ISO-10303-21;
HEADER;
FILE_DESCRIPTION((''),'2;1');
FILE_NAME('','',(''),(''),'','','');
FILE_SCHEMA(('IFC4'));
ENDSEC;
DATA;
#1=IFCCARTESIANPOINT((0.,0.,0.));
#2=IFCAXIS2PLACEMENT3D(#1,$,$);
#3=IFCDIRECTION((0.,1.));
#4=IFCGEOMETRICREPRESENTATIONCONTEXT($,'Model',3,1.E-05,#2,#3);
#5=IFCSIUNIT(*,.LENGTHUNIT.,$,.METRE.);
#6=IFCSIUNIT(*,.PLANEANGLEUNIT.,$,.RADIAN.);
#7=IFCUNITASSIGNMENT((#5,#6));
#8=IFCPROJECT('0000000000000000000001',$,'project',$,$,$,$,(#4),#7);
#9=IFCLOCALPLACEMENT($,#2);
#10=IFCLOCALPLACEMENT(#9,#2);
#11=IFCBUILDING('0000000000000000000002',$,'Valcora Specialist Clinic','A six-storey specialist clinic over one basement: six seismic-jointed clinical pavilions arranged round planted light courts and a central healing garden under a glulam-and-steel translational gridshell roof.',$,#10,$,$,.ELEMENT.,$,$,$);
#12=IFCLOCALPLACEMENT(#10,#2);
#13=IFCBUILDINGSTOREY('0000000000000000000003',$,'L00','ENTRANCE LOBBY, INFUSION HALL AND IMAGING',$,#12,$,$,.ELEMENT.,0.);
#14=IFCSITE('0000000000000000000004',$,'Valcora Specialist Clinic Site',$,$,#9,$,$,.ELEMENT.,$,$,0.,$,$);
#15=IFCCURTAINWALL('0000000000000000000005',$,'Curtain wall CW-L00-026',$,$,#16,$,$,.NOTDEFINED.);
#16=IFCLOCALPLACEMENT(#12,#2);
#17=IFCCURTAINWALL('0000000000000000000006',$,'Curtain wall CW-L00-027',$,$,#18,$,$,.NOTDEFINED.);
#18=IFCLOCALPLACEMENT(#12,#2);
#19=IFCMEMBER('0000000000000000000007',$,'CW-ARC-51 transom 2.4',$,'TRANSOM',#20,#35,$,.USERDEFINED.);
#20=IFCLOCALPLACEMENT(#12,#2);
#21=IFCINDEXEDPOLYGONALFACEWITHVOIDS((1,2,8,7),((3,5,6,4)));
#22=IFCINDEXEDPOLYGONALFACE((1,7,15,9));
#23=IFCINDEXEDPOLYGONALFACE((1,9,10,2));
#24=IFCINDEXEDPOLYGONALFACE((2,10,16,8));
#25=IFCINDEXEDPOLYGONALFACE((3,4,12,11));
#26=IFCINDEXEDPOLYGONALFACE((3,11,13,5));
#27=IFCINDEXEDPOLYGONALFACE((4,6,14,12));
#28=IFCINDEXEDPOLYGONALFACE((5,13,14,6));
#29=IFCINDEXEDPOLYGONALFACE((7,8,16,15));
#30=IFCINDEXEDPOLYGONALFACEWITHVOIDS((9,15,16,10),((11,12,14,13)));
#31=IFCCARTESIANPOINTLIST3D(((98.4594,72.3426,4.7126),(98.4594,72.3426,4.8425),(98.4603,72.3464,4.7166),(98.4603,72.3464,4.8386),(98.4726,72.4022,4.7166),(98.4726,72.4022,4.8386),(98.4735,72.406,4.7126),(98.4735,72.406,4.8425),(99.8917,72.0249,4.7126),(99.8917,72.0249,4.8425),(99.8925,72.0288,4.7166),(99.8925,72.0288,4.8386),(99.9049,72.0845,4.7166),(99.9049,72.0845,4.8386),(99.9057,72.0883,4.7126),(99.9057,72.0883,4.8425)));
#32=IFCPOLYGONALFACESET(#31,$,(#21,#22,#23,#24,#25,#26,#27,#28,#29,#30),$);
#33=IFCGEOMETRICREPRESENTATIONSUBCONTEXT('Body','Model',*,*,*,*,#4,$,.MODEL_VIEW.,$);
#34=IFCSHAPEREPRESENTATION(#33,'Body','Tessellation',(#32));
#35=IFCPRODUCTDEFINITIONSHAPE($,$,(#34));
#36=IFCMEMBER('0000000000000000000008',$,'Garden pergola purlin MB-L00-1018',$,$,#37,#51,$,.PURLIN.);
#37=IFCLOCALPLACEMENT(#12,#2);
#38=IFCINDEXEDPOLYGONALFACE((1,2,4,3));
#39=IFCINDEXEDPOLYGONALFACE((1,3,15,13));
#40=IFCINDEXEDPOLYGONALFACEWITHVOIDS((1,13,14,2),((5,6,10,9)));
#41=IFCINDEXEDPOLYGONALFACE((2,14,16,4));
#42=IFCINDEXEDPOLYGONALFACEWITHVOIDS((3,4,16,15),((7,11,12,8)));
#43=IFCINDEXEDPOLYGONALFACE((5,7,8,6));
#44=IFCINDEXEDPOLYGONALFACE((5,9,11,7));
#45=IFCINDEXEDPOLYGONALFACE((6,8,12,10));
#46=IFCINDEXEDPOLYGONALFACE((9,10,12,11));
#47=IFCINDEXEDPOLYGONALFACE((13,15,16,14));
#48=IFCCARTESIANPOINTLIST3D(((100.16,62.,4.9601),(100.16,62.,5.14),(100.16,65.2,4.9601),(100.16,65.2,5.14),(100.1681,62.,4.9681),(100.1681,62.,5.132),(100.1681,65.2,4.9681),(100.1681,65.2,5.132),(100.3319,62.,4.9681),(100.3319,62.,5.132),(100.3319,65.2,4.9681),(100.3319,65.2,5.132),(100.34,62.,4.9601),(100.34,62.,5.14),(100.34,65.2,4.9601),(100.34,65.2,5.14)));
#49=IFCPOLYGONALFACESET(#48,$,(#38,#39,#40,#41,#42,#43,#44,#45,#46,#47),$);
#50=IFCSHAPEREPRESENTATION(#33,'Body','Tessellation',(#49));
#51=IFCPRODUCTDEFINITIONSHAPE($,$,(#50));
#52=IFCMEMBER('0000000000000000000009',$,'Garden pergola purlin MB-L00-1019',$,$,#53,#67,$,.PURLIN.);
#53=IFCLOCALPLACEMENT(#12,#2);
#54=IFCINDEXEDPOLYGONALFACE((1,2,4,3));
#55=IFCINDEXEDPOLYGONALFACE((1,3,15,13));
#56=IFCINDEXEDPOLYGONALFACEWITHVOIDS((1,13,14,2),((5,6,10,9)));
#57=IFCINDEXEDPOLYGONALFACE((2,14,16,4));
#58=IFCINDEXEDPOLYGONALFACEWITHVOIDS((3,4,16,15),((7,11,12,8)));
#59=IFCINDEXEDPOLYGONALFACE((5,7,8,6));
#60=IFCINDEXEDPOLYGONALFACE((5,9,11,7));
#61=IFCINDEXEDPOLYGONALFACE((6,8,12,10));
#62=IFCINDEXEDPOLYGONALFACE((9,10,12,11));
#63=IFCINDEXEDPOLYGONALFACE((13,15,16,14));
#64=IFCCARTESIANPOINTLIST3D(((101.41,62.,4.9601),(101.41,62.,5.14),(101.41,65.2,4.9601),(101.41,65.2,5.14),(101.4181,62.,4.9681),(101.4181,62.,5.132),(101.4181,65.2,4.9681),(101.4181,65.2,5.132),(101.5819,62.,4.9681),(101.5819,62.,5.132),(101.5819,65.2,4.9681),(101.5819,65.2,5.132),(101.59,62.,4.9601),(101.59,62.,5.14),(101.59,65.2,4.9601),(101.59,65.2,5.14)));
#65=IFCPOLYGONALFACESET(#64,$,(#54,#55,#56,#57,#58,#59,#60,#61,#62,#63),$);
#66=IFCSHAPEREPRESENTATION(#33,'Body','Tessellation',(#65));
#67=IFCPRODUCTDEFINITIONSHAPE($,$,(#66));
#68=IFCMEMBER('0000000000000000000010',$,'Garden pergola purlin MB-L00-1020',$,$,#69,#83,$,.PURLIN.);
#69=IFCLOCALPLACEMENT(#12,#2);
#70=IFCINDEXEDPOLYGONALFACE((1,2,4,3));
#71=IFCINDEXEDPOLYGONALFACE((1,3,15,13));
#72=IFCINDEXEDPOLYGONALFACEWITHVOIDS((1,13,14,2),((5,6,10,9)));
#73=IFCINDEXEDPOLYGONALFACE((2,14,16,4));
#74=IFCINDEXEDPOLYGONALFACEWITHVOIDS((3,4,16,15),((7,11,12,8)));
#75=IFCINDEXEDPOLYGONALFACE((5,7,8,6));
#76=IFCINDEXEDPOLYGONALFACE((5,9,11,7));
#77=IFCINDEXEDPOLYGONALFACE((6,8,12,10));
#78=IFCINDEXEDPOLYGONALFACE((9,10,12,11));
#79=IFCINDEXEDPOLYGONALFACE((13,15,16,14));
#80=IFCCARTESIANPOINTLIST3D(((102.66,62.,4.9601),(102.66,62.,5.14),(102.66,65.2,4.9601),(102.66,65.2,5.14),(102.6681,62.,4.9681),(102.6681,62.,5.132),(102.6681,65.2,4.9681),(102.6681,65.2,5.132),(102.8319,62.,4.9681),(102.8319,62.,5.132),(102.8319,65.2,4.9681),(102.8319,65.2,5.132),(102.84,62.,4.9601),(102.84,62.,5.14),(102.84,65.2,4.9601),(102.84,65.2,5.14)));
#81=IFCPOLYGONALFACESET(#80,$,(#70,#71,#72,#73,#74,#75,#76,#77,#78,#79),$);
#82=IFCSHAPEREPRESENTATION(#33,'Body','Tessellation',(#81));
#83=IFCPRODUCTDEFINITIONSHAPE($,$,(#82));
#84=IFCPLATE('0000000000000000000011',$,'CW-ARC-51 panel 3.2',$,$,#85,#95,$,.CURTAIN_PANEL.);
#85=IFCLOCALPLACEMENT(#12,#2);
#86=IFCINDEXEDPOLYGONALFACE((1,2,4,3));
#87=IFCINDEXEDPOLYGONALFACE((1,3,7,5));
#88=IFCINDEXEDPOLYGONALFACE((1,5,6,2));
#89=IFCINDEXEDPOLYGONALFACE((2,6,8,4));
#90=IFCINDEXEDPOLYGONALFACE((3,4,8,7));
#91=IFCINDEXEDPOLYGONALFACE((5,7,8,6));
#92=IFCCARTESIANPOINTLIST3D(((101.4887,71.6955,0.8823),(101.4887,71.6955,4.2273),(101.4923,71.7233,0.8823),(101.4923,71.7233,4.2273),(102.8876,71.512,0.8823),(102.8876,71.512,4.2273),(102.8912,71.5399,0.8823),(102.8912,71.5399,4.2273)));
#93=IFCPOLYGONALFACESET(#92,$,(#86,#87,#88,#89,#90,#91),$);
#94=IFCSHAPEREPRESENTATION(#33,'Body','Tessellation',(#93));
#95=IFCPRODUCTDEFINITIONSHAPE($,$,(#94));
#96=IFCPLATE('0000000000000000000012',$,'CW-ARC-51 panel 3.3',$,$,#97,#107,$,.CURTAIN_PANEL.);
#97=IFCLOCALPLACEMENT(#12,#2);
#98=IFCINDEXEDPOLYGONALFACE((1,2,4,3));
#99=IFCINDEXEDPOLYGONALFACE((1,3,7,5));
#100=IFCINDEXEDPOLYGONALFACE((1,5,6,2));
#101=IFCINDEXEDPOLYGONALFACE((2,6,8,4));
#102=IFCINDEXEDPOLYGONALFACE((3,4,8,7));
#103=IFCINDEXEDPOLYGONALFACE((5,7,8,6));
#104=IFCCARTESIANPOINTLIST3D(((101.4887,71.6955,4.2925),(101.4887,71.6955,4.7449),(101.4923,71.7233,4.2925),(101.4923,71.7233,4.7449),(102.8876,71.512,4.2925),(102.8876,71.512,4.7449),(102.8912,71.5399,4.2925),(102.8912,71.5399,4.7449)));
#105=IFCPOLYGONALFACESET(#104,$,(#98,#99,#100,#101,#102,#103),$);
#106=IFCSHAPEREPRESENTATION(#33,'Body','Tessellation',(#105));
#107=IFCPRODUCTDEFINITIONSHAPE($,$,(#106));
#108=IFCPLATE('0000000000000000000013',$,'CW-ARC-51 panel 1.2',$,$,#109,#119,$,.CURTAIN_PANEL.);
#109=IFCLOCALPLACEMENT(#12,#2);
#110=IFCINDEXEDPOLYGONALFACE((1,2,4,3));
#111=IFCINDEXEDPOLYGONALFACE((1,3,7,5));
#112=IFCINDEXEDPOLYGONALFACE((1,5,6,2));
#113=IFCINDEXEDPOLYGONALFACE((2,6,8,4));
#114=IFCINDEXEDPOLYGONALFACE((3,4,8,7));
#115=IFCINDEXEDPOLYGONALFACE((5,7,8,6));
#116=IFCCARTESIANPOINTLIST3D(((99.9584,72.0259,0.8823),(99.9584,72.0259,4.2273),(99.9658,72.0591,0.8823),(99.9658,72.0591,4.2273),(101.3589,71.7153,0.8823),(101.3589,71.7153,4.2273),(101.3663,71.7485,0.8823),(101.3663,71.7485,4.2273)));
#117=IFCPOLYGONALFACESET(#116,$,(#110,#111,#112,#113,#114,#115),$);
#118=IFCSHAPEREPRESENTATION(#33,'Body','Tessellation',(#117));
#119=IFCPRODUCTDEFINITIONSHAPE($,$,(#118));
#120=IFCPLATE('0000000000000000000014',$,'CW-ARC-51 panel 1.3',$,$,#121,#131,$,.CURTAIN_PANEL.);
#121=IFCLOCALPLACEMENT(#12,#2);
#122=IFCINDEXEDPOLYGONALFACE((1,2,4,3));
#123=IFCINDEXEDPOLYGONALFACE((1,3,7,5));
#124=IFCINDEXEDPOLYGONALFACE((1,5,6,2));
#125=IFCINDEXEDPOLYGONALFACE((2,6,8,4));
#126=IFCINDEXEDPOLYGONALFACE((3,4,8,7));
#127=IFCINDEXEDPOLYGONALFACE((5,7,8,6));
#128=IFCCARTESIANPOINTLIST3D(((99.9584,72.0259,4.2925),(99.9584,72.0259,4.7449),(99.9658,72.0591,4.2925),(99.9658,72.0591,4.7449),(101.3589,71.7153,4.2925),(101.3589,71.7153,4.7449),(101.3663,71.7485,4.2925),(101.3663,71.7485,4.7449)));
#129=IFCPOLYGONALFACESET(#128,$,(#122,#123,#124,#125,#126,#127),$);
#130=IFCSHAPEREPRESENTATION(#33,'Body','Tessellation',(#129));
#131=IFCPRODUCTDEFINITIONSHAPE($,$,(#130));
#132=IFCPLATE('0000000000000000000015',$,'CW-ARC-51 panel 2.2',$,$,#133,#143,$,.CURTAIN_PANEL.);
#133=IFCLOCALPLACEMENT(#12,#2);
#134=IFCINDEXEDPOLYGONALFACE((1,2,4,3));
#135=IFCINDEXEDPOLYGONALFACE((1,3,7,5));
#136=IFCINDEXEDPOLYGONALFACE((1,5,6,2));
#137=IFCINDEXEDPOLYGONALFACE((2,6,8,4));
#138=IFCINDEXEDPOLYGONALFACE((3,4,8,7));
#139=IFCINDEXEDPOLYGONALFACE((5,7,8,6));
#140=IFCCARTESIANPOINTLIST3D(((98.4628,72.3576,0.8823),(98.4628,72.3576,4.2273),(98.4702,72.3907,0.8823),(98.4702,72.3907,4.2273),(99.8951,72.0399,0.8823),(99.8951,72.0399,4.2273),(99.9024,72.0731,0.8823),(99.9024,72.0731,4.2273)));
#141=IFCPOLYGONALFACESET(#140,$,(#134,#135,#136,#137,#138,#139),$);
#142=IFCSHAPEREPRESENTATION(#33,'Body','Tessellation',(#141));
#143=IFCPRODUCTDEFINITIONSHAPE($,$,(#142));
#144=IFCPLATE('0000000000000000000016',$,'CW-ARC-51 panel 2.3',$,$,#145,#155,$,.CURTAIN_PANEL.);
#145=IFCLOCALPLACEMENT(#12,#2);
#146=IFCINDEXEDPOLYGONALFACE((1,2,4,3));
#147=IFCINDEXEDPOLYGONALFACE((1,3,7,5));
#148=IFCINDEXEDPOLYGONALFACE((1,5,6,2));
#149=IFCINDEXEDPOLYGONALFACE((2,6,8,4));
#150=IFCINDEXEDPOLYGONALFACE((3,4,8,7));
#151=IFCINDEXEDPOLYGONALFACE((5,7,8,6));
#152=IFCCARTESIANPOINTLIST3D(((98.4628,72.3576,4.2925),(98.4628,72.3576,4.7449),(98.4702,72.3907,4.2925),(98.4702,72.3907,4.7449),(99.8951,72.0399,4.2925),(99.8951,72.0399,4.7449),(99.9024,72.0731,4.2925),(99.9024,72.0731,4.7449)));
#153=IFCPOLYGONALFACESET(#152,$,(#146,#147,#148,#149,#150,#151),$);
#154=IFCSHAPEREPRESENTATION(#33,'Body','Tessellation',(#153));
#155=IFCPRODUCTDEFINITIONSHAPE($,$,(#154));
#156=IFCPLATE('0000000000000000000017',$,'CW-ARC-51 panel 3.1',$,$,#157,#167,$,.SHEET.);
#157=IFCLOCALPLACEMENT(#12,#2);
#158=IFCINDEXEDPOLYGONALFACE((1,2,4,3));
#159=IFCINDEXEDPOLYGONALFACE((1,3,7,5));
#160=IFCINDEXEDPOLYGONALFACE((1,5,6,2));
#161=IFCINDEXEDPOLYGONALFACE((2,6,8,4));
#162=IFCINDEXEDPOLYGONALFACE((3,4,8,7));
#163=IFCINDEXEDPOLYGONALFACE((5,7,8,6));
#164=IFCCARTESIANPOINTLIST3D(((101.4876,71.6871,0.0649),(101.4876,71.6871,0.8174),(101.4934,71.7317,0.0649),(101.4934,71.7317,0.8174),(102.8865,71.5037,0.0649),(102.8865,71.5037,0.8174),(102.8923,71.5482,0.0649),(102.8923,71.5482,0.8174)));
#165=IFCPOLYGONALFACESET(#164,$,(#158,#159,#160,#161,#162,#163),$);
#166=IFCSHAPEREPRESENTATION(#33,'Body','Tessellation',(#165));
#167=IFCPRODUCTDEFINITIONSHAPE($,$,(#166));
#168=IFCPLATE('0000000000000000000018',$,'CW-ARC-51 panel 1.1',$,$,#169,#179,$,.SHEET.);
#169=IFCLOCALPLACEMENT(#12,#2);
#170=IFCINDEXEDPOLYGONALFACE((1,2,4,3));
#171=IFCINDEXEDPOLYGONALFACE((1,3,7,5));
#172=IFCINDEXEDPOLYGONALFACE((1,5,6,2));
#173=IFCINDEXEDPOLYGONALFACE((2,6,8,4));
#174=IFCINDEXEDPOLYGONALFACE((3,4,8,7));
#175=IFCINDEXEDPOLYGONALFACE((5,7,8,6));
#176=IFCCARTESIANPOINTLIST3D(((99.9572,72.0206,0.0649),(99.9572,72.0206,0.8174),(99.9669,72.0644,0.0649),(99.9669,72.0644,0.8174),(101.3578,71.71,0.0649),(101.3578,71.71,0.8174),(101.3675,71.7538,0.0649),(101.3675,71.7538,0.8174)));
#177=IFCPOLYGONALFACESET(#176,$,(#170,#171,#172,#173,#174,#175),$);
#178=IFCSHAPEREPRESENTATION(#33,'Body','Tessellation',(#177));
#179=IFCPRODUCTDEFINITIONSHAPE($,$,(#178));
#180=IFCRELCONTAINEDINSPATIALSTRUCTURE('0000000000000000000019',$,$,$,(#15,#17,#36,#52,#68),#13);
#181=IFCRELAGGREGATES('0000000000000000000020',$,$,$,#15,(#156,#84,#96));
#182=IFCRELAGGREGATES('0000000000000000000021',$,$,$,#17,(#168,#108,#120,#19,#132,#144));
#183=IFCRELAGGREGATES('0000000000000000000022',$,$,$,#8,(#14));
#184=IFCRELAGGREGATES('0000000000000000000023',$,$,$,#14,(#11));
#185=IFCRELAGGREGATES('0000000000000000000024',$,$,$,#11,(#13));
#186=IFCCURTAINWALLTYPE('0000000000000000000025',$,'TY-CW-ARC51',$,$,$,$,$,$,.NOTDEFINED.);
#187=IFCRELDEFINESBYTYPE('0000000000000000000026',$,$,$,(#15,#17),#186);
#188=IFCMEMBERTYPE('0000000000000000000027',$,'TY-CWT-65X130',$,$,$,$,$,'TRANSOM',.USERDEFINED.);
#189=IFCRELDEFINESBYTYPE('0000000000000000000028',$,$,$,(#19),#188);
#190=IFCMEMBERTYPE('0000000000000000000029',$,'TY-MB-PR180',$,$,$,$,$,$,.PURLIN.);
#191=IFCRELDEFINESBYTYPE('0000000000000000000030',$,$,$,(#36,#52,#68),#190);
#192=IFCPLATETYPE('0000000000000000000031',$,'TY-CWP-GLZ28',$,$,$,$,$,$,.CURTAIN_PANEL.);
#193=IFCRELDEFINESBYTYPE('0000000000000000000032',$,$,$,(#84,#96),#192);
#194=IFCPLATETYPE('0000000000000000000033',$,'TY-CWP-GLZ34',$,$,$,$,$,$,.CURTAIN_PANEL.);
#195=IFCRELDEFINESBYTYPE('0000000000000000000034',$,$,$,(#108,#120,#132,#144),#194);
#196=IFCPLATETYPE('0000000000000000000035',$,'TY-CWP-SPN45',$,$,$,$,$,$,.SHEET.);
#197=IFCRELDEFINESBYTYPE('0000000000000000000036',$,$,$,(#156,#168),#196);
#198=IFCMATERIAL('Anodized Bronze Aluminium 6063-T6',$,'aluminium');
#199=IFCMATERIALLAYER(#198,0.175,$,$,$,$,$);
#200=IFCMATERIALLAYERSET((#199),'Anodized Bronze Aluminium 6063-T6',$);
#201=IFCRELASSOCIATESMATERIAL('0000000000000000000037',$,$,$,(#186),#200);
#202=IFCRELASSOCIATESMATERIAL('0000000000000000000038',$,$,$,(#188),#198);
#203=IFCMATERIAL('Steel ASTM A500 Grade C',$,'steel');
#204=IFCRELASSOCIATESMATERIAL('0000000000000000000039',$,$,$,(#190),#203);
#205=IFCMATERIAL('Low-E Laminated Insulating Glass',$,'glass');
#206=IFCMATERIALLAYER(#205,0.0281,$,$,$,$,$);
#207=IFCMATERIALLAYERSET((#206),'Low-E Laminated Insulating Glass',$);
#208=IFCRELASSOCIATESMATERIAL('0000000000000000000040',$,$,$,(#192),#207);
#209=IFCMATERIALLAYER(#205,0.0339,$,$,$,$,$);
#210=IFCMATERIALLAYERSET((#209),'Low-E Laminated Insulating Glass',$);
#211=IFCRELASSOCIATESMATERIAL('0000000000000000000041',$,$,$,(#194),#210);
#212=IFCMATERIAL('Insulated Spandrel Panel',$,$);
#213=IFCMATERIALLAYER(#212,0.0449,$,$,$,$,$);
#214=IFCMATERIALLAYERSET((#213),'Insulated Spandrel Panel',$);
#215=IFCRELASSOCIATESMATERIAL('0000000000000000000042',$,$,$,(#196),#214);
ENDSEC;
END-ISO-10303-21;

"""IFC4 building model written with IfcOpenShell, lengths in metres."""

from ifc_helpers import new_model, si_unit, direction, frame, origin, origin_2d, place, context, subcontext, project, spatial, rectangle, hollow_rectangle, extrude, material, layer, layer_set, material_profile, profile_set, type_object, element, aggregate, save


model = new_model("IFC4")

# Units and contexts
model_context = context("Model", 3, precision=1e-05, world=origin(), true_north=direction((0.0, 1.0)))
body_context = subcontext(model_context, "Body", "Model", "MODEL_VIEW")
ifc_project = project(units=[si_unit("LENGTHUNIT", "METRE"), si_unit("PLANEANGLEUNIT", "RADIAN")], contexts=[model_context])

# Site, building, storey
site_placement = place(None, origin())
site = spatial("IfcSite", under=ifc_project, at=site_placement, Name="Valcora Specialist Clinic Site", CompositionType="ELEMENT", RefElevation=0.0)
building_placement = place(site_placement, origin())
building = spatial("IfcBuilding", under=site, at=building_placement, Name="Valcora Specialist Clinic", Description="A six-storey specialist clinic over one basement: six seismic-jointed clinical pavilions arranged round planted light courts and a central healing garden under a glulam-and-steel translational gridshell roof.", CompositionType="ELEMENT")
storey_placement = place(building_placement, origin())
storey = spatial("IfcBuildingStorey", under=building, at=storey_placement, Name="L00", Description="ENTRANCE LOBBY, INFUSION HALL AND IMAGING", CompositionType="ELEMENT", Elevation=0.0)

# Curtain wall
ifc_material_1 = material(Name="Anodized Bronze Aluminium 6063-T6", Category="aluminium")
ifc_layer_1 = layer(ifc_material_1, 0.175)
ifc_layer_set_1 = layer_set([ifc_layer_1], Name="Anodized Bronze Aluminium 6063-T6")
curtain_wall_type = type_object("IfcCurtainWallType", Name="TY-CW-ARC51", PredefinedType="NOTDEFINED", material=ifc_layer_set_1)
curtain_wall_1_placement = place(storey_placement, origin())
curtain_wall_1 = element("IfcCurtainWall", 1, at=curtain_wall_1_placement, inside=storey, type_object=curtain_wall_type, Name="Curtain wall CW-L00-026", PredefinedType="NOTDEFINED")

# Curtain wall
curtain_wall_2_placement = place(storey_placement, origin())
curtain_wall_2 = element("IfcCurtainWall", 2, at=curtain_wall_2_placement, inside=storey, type_object=curtain_wall_type, Name="Curtain wall CW-L00-027", PredefinedType="NOTDEFINED")

# Member
ifc_material_profile_1 = material_profile(ifc_material_1, hollow_rectangle(XDim=0.0649, YDim=0.1299, WallThickness=0.0039, at=origin_2d()), Name="AL-TRN-65X130")
ifc_profile_set_1 = profile_set([ifc_material_profile_1], Name="Anodized Bronze Aluminium 6063-T6")
member_type_1 = type_object("IfcMemberType", Name="TY-CWT-65X130", ElementType="TRANSOM", PredefinedType="USERDEFINED", material=ifc_profile_set_1)
member_1_placement = place(storey_placement, frame((99.8987, 72.0566, 4.7776), z_axis=(-0.976277, 0.216525, 0.0), x_axis=(-0.216525, -0.976277, 0.0)))
member_1 = element("IfcMember", 3, at=member_1_placement, type_object=member_type_1, Name="CW-ARC-51 transom 2.4", ObjectType="TRANSOM", PredefinedType="USERDEFINED", context=body_context, shape_type="SweptSolid", body=[
    extrude(hollow_rectangle(XDim=0.0649, YDim=0.1299, WallThickness=0.0039, at=origin_2d()), origin(), (0.0, 0.0, 1.0), 1.467),
])

# Members
ifc_material_2 = material(Name="Steel ASTM A500 Grade C", Category="steel")
ifc_material_profile_2 = material_profile(ifc_material_2, hollow_rectangle(XDim=0.1799, YDim=0.1799, WallThickness=0.0081, at=origin_2d()), Name="ST-RHS-180X180X8")
ifc_profile_set_2 = profile_set([ifc_material_profile_2], Name="Steel ASTM A500 Grade C")
member_type_2 = type_object("IfcMemberType", Name="TY-MB-PR180", PredefinedType="PURLIN", material=ifc_profile_set_2)
for number, where, z_axis, x_axis, name in (
    (4, (100.25, 62.0, 5.05), (0.0, 1.0, 0.0), (-1.0, 0.0, 0.0), "Garden pergola purlin MB-L00-1018"),
    (5, (101.5, 62.0, 5.05), (0.0, 1.0, 0.0), (-1.0, 0.0, 0.0), "Garden pergola purlin MB-L00-1019"),
    (6, (102.75, 62.0, 5.05), (0.0, 1.0, 0.0), (-1.0, 0.0, 0.0), "Garden pergola purlin MB-L00-1020"),
):
    element("IfcMember", number, at=place(storey_placement, frame(where, z_axis=z_axis, x_axis=x_axis)), inside=storey, type_object=member_type_2, Name=name, PredefinedType="PURLIN", context=body_context, shape_type="SweptSolid", body=[
        extrude(hollow_rectangle(XDim=0.1799, YDim=0.1799, WallThickness=0.0081, at=origin_2d()), origin(), (0.0, 0.0, 1.0), 3.2),
    ])

# Plates
ifc_material_3 = material(Name="Low-E Laminated Insulating Glass", Category="glass")
ifc_layer_2 = layer(ifc_material_3, 0.0281)
ifc_layer_set_2 = layer_set([ifc_layer_2], Name="Low-E Laminated Insulating Glass")
plate_type_1 = type_object("IfcPlateType", Name="TY-CWP-GLZ28", PredefinedType="CURTAIN_PANEL", material=ifc_layer_set_2)
plate_1_placement = place(storey_placement, frame((102.1899, 71.6177, 0.8823), z_axis=(0.0, 0.0, 1.0), x_axis=(-0.991514, 0.129999, 0.0)))
plate_1 = element("IfcPlate", 7, at=plate_1_placement, type_object=plate_type_1, Name="CW-ARC-51 panel 3.2", PredefinedType="CURTAIN_PANEL", context=body_context, shape_type="SweptSolid", body=[
    extrude(rectangle(XDim=1.4109, YDim=0.0281, at=origin_2d()), origin(), (0.0, 0.0, 1.0), 3.345),
])
plate_2_placement = place(storey_placement, frame((102.1899, 71.6177, 4.2925), z_axis=(0.0, 0.0, 1.0), x_axis=(-0.991514, 0.129999, 0.0)))
plate_2 = element("IfcPlate", 8, at=plate_2_placement, type_object=plate_type_1, Name="CW-ARC-51 panel 3.3", PredefinedType="CURTAIN_PANEL", context=body_context, shape_type="SweptSolid", body=[
    extrude(rectangle(XDim=1.4109, YDim=0.0281, at=origin_2d()), origin(), (0.0, 0.0, 1.0), 0.4524),
])
ifc_layer_3 = layer(ifc_material_3, 0.0339)
ifc_layer_set_3 = layer_set([ifc_layer_3], Name="Low-E Laminated Insulating Glass")
plate_type_2 = type_object("IfcPlateType", Name="TY-CWP-GLZ34", PredefinedType="CURTAIN_PANEL", material=ifc_layer_set_3)
plate_3_placement = place(storey_placement, frame((100.6624, 71.8872, 0.8823), z_axis=(0.0, 0.0, 1.0), x_axis=(-0.976279, 0.216518, 0.0)))
plate_3 = element("IfcPlate", 9, at=plate_3_placement, type_object=plate_type_2, Name="CW-ARC-51 panel 1.2", PredefinedType="CURTAIN_PANEL", context=body_context, shape_type="SweptSolid", body=[
    extrude(rectangle(XDim=1.4346, YDim=0.0339, at=origin_2d()), origin(), (0.0, 0.0, 1.0), 3.345),
])
plate_4_placement = place(storey_placement, frame((100.6624, 71.8872, 4.2925), z_axis=(0.0, 0.0, 1.0), x_axis=(-0.976279, 0.216518, 0.0)))
plate_4 = element("IfcPlate", 10, at=plate_4_placement, type_object=plate_type_2, Name="CW-ARC-51 panel 1.3", PredefinedType="CURTAIN_PANEL", context=body_context, shape_type="SweptSolid", body=[
    extrude(rectangle(XDim=1.4346, YDim=0.0339, at=origin_2d()), origin(), (0.0, 0.0, 1.0), 0.4524),
])
plate_5_placement = place(storey_placement, frame((99.1826, 72.2153, 0.8823), z_axis=(0.0, 0.0, 1.0), x_axis=(-0.976279, 0.216518, 0.0)))
plate_5 = element("IfcPlate", 11, at=plate_5_placement, type_object=plate_type_2, Name="CW-ARC-51 panel 2.2", PredefinedType="CURTAIN_PANEL", context=body_context, shape_type="SweptSolid", body=[
    extrude(rectangle(XDim=1.467, YDim=0.0339, at=origin_2d()), origin(), (0.0, 0.0, 1.0), 3.345),
])
plate_6_placement = place(storey_placement, frame((99.1826, 72.2153, 4.2925), z_axis=(0.0, 0.0, 1.0), x_axis=(-0.976279, 0.216518, 0.0)))
plate_6 = element("IfcPlate", 12, at=plate_6_placement, type_object=plate_type_2, Name="CW-ARC-51 panel 2.3", PredefinedType="CURTAIN_PANEL", context=body_context, shape_type="SweptSolid", body=[
    extrude(rectangle(XDim=1.467, YDim=0.0339, at=origin_2d()), origin(), (0.0, 0.0, 1.0), 0.4524),
])
ifc_material_4 = material(Name="Insulated Spandrel Panel")
ifc_layer_4 = layer(ifc_material_4, 0.0449)
ifc_layer_set_4 = layer_set([ifc_layer_4], Name="Insulated Spandrel Panel")
plate_type_3 = type_object("IfcPlateType", Name="TY-CWP-SPN45", PredefinedType="SHEET", material=ifc_layer_set_4)
plate_7_placement = place(storey_placement, frame((102.1899, 71.6177, 0.0649), z_axis=(0.0, 0.0, 1.0), x_axis=(-0.991514, 0.129999, 0.0)))
plate_7 = element("IfcPlate", 13, at=plate_7_placement, type_object=plate_type_3, Name="CW-ARC-51 panel 3.1", PredefinedType="SHEET", context=body_context, shape_type="SweptSolid", body=[
    extrude(rectangle(XDim=1.4109, YDim=0.0449, at=origin_2d()), origin(), (0.0, 0.0, 1.0), 0.7524),
])
aggregate(curtain_wall_1, [plate_7, plate_1, plate_2])
plate_8_placement = place(storey_placement, frame((100.6624, 71.8872, 0.0649), z_axis=(0.0, 0.0, 1.0), x_axis=(-0.976279, 0.216518, 0.0)))
plate_8 = element("IfcPlate", 14, at=plate_8_placement, type_object=plate_type_3, Name="CW-ARC-51 panel 1.1", PredefinedType="SHEET", context=body_context, shape_type="SweptSolid", body=[
    extrude(rectangle(XDim=1.4346, YDim=0.0449, at=origin_2d()), origin(), (0.0, 0.0, 1.0), 0.7524),
])
aggregate(curtain_wall_2, [plate_8, plate_3, plate_4, member_1, plate_5, plate_6])

save(model, "model.ifc")
